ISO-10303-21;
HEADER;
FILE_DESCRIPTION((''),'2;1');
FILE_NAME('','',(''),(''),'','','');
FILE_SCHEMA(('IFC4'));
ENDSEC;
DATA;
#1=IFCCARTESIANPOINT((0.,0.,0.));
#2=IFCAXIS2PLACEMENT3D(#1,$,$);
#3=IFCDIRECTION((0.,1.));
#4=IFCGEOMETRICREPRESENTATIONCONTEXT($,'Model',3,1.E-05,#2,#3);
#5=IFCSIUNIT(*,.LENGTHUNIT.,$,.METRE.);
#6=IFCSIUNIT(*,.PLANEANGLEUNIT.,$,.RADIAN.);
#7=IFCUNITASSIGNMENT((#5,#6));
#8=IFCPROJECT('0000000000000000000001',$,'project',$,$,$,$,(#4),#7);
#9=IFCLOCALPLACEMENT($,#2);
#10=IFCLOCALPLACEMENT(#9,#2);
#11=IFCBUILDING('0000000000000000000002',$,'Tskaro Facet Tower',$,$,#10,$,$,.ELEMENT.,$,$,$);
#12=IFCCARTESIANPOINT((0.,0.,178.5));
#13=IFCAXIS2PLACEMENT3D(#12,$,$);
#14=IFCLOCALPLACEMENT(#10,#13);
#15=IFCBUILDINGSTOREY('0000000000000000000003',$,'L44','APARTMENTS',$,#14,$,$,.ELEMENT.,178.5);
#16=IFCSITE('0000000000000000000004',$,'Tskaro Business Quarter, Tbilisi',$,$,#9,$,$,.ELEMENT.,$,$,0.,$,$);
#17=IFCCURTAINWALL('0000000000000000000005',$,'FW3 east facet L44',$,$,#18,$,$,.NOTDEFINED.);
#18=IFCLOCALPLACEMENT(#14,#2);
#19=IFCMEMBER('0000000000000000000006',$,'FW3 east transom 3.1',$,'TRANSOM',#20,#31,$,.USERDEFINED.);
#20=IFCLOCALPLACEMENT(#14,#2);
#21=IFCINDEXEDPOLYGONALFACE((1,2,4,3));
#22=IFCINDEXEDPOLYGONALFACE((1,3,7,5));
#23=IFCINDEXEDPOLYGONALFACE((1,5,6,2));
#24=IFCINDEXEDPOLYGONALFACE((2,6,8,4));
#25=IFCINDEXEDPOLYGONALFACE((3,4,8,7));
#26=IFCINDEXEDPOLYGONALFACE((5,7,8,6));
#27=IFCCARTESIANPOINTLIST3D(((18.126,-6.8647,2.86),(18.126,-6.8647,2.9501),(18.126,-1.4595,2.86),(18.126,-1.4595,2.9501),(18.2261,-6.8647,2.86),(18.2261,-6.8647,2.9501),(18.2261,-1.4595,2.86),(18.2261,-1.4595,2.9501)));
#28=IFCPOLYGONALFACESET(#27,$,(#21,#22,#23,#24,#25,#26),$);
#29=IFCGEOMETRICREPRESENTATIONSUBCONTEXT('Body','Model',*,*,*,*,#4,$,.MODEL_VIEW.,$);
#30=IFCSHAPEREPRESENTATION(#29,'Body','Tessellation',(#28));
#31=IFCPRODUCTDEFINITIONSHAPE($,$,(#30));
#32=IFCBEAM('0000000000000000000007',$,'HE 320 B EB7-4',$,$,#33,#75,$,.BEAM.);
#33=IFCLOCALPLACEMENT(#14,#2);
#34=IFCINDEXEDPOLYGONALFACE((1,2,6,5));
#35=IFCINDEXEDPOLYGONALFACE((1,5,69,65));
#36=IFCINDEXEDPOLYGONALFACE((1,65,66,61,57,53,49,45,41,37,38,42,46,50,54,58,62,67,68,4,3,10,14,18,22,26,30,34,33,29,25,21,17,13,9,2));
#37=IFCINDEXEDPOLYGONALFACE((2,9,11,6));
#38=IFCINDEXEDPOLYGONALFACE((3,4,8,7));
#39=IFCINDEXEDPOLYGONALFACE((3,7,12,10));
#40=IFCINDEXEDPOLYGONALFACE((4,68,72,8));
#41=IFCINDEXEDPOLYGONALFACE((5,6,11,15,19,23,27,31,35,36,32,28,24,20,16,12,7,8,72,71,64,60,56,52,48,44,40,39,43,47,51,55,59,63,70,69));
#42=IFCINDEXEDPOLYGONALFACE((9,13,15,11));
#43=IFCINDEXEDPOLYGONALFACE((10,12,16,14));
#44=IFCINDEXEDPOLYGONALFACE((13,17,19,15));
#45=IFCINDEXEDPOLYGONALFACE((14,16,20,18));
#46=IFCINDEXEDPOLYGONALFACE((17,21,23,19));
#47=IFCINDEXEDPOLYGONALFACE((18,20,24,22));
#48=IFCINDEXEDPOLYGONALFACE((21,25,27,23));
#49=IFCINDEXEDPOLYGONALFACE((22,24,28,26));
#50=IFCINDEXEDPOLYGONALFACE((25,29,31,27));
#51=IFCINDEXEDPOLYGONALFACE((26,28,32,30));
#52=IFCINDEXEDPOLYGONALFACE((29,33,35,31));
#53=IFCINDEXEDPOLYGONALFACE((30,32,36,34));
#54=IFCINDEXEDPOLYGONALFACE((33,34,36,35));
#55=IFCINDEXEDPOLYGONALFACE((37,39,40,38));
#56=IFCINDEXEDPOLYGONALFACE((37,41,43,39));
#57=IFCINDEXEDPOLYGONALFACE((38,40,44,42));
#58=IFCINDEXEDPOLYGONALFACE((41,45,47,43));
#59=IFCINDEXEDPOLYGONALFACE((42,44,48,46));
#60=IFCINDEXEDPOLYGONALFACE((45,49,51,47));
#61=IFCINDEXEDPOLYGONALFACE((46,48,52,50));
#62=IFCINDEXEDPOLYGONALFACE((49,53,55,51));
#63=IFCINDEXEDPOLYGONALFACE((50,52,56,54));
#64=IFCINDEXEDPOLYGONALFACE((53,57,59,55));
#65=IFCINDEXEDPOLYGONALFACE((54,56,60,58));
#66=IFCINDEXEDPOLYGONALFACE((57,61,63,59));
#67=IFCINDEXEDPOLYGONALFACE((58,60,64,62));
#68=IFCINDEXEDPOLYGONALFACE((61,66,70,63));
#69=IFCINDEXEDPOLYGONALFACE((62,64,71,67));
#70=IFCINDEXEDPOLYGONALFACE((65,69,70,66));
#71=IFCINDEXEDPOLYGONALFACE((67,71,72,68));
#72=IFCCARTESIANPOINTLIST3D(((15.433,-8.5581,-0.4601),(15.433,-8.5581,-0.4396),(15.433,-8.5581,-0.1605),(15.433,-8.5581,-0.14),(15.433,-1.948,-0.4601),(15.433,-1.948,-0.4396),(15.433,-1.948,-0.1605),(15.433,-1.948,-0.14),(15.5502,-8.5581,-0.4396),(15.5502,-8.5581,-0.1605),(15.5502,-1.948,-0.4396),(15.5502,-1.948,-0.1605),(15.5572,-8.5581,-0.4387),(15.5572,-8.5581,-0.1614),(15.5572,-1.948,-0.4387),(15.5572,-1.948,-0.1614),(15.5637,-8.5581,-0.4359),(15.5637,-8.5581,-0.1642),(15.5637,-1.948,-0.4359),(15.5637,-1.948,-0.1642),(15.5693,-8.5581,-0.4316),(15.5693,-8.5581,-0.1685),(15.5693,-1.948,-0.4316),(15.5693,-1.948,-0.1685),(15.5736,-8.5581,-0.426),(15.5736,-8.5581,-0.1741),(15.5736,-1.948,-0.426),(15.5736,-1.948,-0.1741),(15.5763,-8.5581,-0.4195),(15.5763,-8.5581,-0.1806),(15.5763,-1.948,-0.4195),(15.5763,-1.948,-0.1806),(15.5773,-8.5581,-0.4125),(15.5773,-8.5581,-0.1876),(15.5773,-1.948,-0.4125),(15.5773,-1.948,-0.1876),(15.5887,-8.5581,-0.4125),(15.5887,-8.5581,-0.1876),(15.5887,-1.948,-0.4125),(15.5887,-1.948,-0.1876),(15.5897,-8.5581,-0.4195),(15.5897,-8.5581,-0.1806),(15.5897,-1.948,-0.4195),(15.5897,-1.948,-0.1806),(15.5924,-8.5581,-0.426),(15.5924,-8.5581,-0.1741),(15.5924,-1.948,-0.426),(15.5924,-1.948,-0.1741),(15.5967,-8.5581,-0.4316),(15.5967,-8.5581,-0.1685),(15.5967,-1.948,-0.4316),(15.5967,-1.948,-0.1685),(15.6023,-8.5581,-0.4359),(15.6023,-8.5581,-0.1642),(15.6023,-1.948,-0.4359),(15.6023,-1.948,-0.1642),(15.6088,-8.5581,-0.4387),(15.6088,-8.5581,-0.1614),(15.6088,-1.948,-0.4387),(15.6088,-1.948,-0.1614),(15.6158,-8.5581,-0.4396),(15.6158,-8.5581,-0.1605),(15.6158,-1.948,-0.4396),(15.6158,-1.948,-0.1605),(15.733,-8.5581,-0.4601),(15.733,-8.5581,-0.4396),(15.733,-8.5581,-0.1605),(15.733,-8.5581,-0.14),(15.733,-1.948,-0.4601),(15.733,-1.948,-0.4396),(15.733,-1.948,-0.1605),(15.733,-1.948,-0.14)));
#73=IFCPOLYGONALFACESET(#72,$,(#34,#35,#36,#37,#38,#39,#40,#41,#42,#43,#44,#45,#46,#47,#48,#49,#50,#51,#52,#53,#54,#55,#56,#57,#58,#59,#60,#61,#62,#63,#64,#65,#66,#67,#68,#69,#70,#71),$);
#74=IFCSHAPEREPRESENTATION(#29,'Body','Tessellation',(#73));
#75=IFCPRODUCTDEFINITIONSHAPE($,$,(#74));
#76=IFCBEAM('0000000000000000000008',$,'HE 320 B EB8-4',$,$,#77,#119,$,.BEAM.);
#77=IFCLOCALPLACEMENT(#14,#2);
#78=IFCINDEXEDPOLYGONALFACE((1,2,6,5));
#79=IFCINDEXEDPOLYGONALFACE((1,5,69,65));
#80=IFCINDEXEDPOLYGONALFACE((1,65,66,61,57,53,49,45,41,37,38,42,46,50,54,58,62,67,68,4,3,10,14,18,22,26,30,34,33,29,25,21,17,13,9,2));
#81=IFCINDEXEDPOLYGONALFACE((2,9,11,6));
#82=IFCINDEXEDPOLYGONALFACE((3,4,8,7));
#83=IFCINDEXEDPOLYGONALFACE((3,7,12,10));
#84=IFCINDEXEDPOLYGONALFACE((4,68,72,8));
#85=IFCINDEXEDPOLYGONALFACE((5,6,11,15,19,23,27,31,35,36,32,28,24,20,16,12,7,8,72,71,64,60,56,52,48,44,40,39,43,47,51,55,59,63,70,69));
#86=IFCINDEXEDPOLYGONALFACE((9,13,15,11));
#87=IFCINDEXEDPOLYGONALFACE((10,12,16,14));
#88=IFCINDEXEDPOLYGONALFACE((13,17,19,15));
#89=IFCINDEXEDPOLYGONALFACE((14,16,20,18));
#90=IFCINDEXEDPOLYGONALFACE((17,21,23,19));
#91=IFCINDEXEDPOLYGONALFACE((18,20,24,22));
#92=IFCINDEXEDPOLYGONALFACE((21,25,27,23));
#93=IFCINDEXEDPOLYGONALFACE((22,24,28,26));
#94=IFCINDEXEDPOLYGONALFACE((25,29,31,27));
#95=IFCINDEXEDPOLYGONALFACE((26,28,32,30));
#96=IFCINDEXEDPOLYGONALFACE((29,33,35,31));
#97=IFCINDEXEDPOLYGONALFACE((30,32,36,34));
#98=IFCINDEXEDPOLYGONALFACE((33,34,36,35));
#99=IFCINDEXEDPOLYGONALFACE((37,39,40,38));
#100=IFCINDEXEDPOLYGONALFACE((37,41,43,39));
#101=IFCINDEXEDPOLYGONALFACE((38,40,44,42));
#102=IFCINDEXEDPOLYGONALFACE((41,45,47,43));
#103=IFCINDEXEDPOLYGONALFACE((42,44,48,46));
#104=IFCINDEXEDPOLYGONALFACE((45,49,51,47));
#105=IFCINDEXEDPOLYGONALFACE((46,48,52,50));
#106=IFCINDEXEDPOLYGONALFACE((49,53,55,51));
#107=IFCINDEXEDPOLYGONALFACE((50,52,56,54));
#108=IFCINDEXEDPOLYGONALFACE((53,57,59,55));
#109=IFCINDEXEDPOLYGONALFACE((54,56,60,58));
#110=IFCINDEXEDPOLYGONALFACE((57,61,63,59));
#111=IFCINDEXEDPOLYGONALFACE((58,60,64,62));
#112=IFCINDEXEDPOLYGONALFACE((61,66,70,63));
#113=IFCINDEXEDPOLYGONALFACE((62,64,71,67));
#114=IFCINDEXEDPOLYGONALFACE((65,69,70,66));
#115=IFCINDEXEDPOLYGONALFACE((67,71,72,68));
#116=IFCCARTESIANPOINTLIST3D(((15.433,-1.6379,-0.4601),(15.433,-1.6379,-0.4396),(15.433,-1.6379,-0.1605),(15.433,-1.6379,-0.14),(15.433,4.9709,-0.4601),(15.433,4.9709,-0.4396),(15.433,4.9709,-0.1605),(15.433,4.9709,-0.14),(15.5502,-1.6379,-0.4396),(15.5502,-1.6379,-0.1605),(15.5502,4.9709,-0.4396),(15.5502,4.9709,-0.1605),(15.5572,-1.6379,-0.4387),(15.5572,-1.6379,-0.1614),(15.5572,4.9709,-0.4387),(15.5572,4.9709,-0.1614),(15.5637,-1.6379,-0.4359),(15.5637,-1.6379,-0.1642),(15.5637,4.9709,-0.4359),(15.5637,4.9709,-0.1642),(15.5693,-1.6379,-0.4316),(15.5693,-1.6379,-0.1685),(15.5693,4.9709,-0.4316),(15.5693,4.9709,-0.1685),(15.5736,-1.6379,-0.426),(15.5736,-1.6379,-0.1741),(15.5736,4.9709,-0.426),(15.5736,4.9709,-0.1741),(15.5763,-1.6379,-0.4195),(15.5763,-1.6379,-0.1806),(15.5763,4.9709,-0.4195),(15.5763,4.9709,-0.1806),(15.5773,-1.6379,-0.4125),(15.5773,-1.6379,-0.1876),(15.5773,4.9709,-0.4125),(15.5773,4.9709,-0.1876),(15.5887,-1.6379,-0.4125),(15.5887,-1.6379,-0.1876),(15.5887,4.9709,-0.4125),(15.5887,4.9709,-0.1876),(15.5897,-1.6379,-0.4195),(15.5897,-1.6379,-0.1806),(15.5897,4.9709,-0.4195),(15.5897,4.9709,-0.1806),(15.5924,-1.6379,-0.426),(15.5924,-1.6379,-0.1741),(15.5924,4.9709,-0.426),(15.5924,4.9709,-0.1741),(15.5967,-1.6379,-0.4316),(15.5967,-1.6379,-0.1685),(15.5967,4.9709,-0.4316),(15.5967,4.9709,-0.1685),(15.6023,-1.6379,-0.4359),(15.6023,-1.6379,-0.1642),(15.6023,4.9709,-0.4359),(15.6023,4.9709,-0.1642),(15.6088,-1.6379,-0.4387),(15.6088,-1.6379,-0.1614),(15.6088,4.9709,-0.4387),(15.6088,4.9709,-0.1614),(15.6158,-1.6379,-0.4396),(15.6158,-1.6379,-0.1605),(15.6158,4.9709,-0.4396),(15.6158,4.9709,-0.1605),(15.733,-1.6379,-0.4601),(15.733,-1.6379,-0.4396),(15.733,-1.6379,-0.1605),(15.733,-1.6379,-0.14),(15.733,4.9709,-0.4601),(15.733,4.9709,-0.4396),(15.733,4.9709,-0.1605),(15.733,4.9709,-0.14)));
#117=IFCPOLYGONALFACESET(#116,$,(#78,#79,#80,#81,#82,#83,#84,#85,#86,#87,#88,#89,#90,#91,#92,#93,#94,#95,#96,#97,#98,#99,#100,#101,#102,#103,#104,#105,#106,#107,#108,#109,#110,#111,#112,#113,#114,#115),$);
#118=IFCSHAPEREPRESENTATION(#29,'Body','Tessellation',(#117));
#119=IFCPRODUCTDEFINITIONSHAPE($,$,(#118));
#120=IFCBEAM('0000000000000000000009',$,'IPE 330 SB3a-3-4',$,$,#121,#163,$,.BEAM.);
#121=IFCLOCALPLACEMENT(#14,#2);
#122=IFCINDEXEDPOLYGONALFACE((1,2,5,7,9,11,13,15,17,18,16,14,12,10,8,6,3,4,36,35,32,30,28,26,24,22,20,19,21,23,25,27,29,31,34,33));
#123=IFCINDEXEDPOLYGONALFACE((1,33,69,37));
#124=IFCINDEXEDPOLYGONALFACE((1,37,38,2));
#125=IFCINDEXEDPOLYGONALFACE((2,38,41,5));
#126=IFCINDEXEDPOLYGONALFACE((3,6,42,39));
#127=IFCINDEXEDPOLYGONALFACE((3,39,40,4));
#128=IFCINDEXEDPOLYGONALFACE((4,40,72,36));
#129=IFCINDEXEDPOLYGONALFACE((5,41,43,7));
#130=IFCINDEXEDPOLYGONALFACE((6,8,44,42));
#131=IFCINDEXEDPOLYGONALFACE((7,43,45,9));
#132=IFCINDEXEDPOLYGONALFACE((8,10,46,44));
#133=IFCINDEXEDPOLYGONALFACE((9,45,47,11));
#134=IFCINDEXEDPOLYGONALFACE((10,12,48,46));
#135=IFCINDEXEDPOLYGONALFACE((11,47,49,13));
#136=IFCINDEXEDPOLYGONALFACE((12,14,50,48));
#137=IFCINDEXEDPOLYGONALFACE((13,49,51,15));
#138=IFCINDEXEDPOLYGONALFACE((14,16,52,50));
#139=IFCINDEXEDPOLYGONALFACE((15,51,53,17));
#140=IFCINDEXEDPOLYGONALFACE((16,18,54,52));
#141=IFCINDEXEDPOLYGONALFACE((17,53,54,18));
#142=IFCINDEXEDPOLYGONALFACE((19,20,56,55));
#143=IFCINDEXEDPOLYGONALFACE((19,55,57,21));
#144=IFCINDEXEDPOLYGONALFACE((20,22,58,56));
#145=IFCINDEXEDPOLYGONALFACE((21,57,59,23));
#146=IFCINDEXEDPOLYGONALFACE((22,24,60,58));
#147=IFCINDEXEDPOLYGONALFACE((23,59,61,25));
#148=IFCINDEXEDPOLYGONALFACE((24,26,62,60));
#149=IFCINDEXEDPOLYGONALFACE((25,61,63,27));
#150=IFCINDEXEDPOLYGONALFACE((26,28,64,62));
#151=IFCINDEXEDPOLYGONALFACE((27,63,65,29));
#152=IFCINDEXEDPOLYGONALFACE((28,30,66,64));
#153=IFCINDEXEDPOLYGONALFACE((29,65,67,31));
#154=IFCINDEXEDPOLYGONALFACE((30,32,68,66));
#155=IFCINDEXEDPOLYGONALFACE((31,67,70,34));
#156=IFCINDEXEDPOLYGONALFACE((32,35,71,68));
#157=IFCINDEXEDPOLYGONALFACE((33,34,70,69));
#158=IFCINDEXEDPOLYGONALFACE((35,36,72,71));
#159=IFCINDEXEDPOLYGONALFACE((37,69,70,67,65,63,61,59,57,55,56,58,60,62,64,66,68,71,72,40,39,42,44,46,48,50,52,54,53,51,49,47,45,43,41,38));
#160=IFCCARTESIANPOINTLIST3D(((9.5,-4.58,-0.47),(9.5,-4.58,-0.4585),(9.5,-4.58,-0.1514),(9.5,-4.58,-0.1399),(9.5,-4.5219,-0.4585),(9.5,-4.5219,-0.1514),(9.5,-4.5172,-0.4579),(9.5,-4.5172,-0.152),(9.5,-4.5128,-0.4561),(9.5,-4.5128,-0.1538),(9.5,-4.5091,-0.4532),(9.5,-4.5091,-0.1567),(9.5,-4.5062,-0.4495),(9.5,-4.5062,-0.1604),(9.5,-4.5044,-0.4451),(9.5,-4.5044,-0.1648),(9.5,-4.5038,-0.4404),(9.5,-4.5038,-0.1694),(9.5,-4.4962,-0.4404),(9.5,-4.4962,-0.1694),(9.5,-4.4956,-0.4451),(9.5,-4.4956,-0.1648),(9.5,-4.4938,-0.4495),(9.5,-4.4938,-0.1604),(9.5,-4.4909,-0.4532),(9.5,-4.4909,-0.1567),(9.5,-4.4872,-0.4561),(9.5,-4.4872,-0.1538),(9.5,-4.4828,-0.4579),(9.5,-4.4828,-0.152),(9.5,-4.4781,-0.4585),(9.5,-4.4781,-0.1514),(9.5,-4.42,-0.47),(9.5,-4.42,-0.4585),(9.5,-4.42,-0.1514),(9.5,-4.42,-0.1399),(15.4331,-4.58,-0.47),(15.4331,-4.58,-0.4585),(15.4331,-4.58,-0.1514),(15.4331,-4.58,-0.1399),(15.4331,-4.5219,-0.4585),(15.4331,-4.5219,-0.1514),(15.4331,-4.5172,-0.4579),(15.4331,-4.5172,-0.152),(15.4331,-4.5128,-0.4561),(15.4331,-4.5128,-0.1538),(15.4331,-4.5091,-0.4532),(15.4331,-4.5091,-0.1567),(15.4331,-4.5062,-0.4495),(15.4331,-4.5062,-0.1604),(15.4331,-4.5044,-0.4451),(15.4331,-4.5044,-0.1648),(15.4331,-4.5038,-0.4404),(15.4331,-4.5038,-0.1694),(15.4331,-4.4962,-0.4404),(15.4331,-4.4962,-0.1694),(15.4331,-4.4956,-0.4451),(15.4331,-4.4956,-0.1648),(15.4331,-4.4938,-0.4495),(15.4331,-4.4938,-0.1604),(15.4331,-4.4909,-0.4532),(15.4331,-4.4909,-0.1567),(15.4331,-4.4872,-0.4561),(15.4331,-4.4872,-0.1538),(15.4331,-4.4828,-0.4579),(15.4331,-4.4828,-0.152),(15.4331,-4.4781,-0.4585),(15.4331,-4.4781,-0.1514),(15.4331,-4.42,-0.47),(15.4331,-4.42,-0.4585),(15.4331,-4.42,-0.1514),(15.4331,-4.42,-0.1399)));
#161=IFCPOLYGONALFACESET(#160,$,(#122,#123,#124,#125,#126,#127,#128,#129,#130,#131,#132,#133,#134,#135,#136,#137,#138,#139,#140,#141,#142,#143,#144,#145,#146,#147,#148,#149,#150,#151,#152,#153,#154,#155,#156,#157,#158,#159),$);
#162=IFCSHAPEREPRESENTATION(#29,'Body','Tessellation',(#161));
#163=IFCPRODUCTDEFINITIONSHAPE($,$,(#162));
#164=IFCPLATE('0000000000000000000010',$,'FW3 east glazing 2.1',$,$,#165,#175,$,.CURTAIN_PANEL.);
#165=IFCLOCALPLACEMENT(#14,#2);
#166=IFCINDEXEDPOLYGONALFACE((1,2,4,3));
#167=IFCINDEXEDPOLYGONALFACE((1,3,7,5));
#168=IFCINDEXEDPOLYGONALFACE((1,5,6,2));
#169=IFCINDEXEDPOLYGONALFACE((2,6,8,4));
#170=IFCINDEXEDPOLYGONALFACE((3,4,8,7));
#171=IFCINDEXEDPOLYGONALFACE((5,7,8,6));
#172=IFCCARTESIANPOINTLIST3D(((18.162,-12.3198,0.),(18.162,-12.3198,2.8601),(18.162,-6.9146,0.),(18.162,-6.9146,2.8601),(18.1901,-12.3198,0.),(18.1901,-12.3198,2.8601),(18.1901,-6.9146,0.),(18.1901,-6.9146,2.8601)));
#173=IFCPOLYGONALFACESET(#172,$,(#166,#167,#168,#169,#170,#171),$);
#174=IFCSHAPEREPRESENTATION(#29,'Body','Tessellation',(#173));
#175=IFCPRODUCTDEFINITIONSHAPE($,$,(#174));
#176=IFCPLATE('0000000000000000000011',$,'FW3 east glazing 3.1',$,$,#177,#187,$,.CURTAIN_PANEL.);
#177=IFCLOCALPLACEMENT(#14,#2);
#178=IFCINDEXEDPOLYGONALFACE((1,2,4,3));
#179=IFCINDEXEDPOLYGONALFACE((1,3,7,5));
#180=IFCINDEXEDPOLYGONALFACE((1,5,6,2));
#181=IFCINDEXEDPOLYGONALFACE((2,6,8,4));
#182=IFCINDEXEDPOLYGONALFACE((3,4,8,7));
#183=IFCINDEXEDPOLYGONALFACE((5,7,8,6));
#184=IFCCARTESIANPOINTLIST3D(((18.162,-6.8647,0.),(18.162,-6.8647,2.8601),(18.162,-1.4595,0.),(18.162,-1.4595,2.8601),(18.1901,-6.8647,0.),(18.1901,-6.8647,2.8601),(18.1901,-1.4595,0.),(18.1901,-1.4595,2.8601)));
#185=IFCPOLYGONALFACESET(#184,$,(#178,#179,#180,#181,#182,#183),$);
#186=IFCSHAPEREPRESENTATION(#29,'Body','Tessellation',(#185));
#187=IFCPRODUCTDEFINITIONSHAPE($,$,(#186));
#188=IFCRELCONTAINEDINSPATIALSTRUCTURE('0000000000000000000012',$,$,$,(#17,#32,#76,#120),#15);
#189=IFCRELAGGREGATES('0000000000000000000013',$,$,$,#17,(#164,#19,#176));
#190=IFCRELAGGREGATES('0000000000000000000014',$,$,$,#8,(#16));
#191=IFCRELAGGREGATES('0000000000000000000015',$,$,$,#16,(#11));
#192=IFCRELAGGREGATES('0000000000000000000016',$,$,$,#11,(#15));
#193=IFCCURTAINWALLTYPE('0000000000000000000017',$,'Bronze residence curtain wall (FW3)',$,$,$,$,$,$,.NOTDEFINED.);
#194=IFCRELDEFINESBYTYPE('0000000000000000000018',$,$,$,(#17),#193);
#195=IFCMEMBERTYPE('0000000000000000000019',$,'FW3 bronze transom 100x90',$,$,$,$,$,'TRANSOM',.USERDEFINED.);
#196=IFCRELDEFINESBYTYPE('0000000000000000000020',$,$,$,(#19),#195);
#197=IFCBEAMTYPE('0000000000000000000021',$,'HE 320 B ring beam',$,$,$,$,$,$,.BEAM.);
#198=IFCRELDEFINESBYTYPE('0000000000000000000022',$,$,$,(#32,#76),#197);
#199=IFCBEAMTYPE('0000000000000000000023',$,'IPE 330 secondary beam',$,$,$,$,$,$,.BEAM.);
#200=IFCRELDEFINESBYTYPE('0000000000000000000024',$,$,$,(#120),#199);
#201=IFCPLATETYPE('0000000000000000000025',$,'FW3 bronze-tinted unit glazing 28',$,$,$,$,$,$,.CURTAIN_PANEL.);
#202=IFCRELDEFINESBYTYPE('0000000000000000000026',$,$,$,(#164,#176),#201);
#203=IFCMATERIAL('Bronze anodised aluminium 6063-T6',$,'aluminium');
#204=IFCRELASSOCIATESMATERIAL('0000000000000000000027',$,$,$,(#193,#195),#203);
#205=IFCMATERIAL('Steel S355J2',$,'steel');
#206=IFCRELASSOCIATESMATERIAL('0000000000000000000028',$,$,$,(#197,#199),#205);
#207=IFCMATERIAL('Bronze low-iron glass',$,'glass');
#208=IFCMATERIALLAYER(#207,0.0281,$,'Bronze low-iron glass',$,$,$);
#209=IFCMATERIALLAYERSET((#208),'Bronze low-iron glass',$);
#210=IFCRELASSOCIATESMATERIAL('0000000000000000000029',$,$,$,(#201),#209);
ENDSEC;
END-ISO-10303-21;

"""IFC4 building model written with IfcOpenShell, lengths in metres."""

from ifc_helpers import new_model, si_unit, direction, frame, origin, origin_2d, place, context, subcontext, project, spatial, rectangle, i_section, extrude, material, layer, layer_set, material_profile, profile_set, type_object, element, aggregate, save


model = new_model("IFC4")

# Units and contexts
model_context = context("Model", 3, precision=1e-05, world=origin(), true_north=direction((0.0, 1.0)))
body_context = subcontext(model_context, "Body", "Model", "MODEL_VIEW")
ifc_project = project(units=[si_unit("LENGTHUNIT", "METRE"), si_unit("PLANEANGLEUNIT", "RADIAN")], contexts=[model_context])

# Site, building, storey
site_placement = place(None, origin())
site = spatial("IfcSite", under=ifc_project, at=site_placement, Name="Tskaro Business Quarter, Tbilisi", CompositionType="ELEMENT", RefElevation=0.0)
building_placement = place(site_placement, origin())
building = spatial("IfcBuilding", under=site, at=building_placement, Name="Tskaro Facet Tower", CompositionType="ELEMENT")
storey_placement = place(building_placement, frame((0.0, 0.0, 178.5)))
storey = spatial("IfcBuildingStorey", under=building, at=storey_placement, Name="L44", Description="APARTMENTS", CompositionType="ELEMENT", Elevation=178.5)

# Curtain wall, member
ifc_material_1 = material(Name="Bronze anodised aluminium 6063-T6", Category="aluminium")
curtain_wall_type = type_object("IfcCurtainWallType", Name="Bronze residence curtain wall (FW3)", PredefinedType="NOTDEFINED", material=ifc_material_1)
curtain_wall_placement = place(storey_placement, origin())
curtain_wall = element("IfcCurtainWall", 1, at=curtain_wall_placement, inside=storey, type_object=curtain_wall_type, Name="FW3 east facet L44", PredefinedType="NOTDEFINED")
ifc_material_profile_1 = material_profile(ifc_material_1, rectangle(XDim=0.1001, YDim=0.0901, at=origin_2d()), Name="Transom 100x90")
ifc_profile_set_1 = profile_set([ifc_material_profile_1], Name="Bronze anodised aluminium 6063-T6")
member_type_1 = type_object("IfcMemberType", Name="FW3 bronze transom 100x90", ElementType="TRANSOM", PredefinedType="USERDEFINED", material=ifc_profile_set_1)
member_1_placement = place(storey_placement, frame((18.176, -6.8647, 2.905), z_axis=(0.0, 1.0, 0.0), x_axis=(-1.0, 0.0, 0.0)))
member_1 = element("IfcMember", 2, at=member_1_placement, type_object=member_type_1, Name="FW3 east transom 3.1", ObjectType="TRANSOM", PredefinedType="USERDEFINED", context=body_context, shape_type="SweptSolid", body=[
    extrude(rectangle(XDim=0.1001, YDim=0.0901, at=origin_2d()), origin(), (0.0, 0.0, 1.0), 5.4053),
])

# Beams
ifc_material_2 = material(Name="Steel S355J2", Category="steel")
ifc_material_profile_2 = material_profile(ifc_material_2, i_section(OverallWidth=0.3, OverallDepth=0.3201, WebThickness=0.0115, FlangeThickness=0.0205, FilletRadius=0.0271, at=origin_2d()), Name="HE 320 B")
ifc_profile_set_2 = profile_set([ifc_material_profile_2], Name="Steel S355J2")
beam_type_1 = type_object("IfcBeamType", Name="HE 320 B ring beam", PredefinedType="BEAM", material=ifc_profile_set_2)
beam_1_placement = place(storey_placement, frame((15.583, -8.5581, -0.3), z_axis=(0.0, 1.0, 0.0), x_axis=(-1.0, 0.0, 0.0)))
element("IfcBeam", 3, at=beam_1_placement, inside=storey, type_object=beam_type_1, Name="HE 320 B EB7-4", PredefinedType="BEAM", context=body_context, shape_type="SweptSolid", body=[
    extrude(i_section(OverallWidth=0.3, OverallDepth=0.3201, WebThickness=0.0115, FlangeThickness=0.0205, FilletRadius=0.0271, at=origin_2d()), origin(), (0.0, 0.0, 1.0), 6.6101),
])
beam_2_placement = place(storey_placement, frame((15.583, -1.6379, -0.3), z_axis=(0.0, 1.0, 0.0), x_axis=(-1.0, 0.0, 0.0)))
element("IfcBeam", 4, at=beam_2_placement, inside=storey, type_object=beam_type_1, Name="HE 320 B EB8-4", PredefinedType="BEAM", context=body_context, shape_type="SweptSolid", body=[
    extrude(i_section(OverallWidth=0.3, OverallDepth=0.3201, WebThickness=0.0115, FlangeThickness=0.0205, FilletRadius=0.0271, at=origin_2d()), origin(), (0.0, 0.0, 1.0), 6.6089),
])
ifc_material_profile_3 = material_profile(ifc_material_2, i_section(OverallWidth=0.1599, OverallDepth=0.3301, WebThickness=0.0076, FlangeThickness=0.0115, FilletRadius=0.0181, at=origin_2d()), Name="IPE 330")
ifc_profile_set_3 = profile_set([ifc_material_profile_3], Name="Steel S355J2")
beam_type_2 = type_object("IfcBeamType", Name="IPE 330 secondary beam", PredefinedType="BEAM", material=ifc_profile_set_3)
beam_3_placement = place(storey_placement, frame((9.5, -4.5, -0.3049), z_axis=(1.0, 0.0, 0.0), x_axis=(0.0, 1.0, 0.0)))
element("IfcBeam", 5, at=beam_3_placement, inside=storey, type_object=beam_type_2, Name="IPE 330 SB3a-3-4", PredefinedType="BEAM", context=body_context, shape_type="SweptSolid", body=[
    extrude(i_section(OverallWidth=0.1599, OverallDepth=0.3301, WebThickness=0.0076, FlangeThickness=0.0115, FilletRadius=0.0181, at=origin_2d()), origin(), (0.0, 0.0, 1.0), 5.9331),
])

# Plates
ifc_material_3 = material(Name="Bronze low-iron glass", Category="glass")
ifc_layer_1 = layer(ifc_material_3, 0.0281, Name="Bronze low-iron glass")
ifc_layer_set_1 = layer_set([ifc_layer_1], Name="Bronze low-iron glass")
plate_type = type_object("IfcPlateType", Name="FW3 bronze-tinted unit glazing 28", PredefinedType="CURTAIN_PANEL", material=ifc_layer_set_1)
plate_1_placement = place(storey_placement, frame((18.176, -9.6172, 0.0), z_axis=(0.0, 0.0, 1.0), x_axis=(0.0, 1.0, 0.0)))
plate_1 = element("IfcPlate", 6, at=plate_1_placement, type_object=plate_type, Name="FW3 east glazing 2.1", PredefinedType="CURTAIN_PANEL", context=body_context, shape_type="SweptSolid", body=[
    extrude(rectangle(XDim=5.4053, YDim=0.0281, at=origin_2d()), origin(), (0.0, 0.0, 1.0), 2.8601),
])
plate_2_placement = place(storey_placement, frame((18.176, -4.1621, 0.0), z_axis=(0.0, 0.0, 1.0), x_axis=(0.0, 1.0, 0.0)))
plate_2 = element("IfcPlate", 7, at=plate_2_placement, type_object=plate_type, Name="FW3 east glazing 3.1", PredefinedType="CURTAIN_PANEL", context=body_context, shape_type="SweptSolid", body=[
    extrude(rectangle(XDim=5.4053, YDim=0.0281, at=origin_2d()), origin(), (0.0, 0.0, 1.0), 2.8601),
])
aggregate(curtain_wall, [plate_1, member_1, plate_2])

save(model, "model.ifc")
